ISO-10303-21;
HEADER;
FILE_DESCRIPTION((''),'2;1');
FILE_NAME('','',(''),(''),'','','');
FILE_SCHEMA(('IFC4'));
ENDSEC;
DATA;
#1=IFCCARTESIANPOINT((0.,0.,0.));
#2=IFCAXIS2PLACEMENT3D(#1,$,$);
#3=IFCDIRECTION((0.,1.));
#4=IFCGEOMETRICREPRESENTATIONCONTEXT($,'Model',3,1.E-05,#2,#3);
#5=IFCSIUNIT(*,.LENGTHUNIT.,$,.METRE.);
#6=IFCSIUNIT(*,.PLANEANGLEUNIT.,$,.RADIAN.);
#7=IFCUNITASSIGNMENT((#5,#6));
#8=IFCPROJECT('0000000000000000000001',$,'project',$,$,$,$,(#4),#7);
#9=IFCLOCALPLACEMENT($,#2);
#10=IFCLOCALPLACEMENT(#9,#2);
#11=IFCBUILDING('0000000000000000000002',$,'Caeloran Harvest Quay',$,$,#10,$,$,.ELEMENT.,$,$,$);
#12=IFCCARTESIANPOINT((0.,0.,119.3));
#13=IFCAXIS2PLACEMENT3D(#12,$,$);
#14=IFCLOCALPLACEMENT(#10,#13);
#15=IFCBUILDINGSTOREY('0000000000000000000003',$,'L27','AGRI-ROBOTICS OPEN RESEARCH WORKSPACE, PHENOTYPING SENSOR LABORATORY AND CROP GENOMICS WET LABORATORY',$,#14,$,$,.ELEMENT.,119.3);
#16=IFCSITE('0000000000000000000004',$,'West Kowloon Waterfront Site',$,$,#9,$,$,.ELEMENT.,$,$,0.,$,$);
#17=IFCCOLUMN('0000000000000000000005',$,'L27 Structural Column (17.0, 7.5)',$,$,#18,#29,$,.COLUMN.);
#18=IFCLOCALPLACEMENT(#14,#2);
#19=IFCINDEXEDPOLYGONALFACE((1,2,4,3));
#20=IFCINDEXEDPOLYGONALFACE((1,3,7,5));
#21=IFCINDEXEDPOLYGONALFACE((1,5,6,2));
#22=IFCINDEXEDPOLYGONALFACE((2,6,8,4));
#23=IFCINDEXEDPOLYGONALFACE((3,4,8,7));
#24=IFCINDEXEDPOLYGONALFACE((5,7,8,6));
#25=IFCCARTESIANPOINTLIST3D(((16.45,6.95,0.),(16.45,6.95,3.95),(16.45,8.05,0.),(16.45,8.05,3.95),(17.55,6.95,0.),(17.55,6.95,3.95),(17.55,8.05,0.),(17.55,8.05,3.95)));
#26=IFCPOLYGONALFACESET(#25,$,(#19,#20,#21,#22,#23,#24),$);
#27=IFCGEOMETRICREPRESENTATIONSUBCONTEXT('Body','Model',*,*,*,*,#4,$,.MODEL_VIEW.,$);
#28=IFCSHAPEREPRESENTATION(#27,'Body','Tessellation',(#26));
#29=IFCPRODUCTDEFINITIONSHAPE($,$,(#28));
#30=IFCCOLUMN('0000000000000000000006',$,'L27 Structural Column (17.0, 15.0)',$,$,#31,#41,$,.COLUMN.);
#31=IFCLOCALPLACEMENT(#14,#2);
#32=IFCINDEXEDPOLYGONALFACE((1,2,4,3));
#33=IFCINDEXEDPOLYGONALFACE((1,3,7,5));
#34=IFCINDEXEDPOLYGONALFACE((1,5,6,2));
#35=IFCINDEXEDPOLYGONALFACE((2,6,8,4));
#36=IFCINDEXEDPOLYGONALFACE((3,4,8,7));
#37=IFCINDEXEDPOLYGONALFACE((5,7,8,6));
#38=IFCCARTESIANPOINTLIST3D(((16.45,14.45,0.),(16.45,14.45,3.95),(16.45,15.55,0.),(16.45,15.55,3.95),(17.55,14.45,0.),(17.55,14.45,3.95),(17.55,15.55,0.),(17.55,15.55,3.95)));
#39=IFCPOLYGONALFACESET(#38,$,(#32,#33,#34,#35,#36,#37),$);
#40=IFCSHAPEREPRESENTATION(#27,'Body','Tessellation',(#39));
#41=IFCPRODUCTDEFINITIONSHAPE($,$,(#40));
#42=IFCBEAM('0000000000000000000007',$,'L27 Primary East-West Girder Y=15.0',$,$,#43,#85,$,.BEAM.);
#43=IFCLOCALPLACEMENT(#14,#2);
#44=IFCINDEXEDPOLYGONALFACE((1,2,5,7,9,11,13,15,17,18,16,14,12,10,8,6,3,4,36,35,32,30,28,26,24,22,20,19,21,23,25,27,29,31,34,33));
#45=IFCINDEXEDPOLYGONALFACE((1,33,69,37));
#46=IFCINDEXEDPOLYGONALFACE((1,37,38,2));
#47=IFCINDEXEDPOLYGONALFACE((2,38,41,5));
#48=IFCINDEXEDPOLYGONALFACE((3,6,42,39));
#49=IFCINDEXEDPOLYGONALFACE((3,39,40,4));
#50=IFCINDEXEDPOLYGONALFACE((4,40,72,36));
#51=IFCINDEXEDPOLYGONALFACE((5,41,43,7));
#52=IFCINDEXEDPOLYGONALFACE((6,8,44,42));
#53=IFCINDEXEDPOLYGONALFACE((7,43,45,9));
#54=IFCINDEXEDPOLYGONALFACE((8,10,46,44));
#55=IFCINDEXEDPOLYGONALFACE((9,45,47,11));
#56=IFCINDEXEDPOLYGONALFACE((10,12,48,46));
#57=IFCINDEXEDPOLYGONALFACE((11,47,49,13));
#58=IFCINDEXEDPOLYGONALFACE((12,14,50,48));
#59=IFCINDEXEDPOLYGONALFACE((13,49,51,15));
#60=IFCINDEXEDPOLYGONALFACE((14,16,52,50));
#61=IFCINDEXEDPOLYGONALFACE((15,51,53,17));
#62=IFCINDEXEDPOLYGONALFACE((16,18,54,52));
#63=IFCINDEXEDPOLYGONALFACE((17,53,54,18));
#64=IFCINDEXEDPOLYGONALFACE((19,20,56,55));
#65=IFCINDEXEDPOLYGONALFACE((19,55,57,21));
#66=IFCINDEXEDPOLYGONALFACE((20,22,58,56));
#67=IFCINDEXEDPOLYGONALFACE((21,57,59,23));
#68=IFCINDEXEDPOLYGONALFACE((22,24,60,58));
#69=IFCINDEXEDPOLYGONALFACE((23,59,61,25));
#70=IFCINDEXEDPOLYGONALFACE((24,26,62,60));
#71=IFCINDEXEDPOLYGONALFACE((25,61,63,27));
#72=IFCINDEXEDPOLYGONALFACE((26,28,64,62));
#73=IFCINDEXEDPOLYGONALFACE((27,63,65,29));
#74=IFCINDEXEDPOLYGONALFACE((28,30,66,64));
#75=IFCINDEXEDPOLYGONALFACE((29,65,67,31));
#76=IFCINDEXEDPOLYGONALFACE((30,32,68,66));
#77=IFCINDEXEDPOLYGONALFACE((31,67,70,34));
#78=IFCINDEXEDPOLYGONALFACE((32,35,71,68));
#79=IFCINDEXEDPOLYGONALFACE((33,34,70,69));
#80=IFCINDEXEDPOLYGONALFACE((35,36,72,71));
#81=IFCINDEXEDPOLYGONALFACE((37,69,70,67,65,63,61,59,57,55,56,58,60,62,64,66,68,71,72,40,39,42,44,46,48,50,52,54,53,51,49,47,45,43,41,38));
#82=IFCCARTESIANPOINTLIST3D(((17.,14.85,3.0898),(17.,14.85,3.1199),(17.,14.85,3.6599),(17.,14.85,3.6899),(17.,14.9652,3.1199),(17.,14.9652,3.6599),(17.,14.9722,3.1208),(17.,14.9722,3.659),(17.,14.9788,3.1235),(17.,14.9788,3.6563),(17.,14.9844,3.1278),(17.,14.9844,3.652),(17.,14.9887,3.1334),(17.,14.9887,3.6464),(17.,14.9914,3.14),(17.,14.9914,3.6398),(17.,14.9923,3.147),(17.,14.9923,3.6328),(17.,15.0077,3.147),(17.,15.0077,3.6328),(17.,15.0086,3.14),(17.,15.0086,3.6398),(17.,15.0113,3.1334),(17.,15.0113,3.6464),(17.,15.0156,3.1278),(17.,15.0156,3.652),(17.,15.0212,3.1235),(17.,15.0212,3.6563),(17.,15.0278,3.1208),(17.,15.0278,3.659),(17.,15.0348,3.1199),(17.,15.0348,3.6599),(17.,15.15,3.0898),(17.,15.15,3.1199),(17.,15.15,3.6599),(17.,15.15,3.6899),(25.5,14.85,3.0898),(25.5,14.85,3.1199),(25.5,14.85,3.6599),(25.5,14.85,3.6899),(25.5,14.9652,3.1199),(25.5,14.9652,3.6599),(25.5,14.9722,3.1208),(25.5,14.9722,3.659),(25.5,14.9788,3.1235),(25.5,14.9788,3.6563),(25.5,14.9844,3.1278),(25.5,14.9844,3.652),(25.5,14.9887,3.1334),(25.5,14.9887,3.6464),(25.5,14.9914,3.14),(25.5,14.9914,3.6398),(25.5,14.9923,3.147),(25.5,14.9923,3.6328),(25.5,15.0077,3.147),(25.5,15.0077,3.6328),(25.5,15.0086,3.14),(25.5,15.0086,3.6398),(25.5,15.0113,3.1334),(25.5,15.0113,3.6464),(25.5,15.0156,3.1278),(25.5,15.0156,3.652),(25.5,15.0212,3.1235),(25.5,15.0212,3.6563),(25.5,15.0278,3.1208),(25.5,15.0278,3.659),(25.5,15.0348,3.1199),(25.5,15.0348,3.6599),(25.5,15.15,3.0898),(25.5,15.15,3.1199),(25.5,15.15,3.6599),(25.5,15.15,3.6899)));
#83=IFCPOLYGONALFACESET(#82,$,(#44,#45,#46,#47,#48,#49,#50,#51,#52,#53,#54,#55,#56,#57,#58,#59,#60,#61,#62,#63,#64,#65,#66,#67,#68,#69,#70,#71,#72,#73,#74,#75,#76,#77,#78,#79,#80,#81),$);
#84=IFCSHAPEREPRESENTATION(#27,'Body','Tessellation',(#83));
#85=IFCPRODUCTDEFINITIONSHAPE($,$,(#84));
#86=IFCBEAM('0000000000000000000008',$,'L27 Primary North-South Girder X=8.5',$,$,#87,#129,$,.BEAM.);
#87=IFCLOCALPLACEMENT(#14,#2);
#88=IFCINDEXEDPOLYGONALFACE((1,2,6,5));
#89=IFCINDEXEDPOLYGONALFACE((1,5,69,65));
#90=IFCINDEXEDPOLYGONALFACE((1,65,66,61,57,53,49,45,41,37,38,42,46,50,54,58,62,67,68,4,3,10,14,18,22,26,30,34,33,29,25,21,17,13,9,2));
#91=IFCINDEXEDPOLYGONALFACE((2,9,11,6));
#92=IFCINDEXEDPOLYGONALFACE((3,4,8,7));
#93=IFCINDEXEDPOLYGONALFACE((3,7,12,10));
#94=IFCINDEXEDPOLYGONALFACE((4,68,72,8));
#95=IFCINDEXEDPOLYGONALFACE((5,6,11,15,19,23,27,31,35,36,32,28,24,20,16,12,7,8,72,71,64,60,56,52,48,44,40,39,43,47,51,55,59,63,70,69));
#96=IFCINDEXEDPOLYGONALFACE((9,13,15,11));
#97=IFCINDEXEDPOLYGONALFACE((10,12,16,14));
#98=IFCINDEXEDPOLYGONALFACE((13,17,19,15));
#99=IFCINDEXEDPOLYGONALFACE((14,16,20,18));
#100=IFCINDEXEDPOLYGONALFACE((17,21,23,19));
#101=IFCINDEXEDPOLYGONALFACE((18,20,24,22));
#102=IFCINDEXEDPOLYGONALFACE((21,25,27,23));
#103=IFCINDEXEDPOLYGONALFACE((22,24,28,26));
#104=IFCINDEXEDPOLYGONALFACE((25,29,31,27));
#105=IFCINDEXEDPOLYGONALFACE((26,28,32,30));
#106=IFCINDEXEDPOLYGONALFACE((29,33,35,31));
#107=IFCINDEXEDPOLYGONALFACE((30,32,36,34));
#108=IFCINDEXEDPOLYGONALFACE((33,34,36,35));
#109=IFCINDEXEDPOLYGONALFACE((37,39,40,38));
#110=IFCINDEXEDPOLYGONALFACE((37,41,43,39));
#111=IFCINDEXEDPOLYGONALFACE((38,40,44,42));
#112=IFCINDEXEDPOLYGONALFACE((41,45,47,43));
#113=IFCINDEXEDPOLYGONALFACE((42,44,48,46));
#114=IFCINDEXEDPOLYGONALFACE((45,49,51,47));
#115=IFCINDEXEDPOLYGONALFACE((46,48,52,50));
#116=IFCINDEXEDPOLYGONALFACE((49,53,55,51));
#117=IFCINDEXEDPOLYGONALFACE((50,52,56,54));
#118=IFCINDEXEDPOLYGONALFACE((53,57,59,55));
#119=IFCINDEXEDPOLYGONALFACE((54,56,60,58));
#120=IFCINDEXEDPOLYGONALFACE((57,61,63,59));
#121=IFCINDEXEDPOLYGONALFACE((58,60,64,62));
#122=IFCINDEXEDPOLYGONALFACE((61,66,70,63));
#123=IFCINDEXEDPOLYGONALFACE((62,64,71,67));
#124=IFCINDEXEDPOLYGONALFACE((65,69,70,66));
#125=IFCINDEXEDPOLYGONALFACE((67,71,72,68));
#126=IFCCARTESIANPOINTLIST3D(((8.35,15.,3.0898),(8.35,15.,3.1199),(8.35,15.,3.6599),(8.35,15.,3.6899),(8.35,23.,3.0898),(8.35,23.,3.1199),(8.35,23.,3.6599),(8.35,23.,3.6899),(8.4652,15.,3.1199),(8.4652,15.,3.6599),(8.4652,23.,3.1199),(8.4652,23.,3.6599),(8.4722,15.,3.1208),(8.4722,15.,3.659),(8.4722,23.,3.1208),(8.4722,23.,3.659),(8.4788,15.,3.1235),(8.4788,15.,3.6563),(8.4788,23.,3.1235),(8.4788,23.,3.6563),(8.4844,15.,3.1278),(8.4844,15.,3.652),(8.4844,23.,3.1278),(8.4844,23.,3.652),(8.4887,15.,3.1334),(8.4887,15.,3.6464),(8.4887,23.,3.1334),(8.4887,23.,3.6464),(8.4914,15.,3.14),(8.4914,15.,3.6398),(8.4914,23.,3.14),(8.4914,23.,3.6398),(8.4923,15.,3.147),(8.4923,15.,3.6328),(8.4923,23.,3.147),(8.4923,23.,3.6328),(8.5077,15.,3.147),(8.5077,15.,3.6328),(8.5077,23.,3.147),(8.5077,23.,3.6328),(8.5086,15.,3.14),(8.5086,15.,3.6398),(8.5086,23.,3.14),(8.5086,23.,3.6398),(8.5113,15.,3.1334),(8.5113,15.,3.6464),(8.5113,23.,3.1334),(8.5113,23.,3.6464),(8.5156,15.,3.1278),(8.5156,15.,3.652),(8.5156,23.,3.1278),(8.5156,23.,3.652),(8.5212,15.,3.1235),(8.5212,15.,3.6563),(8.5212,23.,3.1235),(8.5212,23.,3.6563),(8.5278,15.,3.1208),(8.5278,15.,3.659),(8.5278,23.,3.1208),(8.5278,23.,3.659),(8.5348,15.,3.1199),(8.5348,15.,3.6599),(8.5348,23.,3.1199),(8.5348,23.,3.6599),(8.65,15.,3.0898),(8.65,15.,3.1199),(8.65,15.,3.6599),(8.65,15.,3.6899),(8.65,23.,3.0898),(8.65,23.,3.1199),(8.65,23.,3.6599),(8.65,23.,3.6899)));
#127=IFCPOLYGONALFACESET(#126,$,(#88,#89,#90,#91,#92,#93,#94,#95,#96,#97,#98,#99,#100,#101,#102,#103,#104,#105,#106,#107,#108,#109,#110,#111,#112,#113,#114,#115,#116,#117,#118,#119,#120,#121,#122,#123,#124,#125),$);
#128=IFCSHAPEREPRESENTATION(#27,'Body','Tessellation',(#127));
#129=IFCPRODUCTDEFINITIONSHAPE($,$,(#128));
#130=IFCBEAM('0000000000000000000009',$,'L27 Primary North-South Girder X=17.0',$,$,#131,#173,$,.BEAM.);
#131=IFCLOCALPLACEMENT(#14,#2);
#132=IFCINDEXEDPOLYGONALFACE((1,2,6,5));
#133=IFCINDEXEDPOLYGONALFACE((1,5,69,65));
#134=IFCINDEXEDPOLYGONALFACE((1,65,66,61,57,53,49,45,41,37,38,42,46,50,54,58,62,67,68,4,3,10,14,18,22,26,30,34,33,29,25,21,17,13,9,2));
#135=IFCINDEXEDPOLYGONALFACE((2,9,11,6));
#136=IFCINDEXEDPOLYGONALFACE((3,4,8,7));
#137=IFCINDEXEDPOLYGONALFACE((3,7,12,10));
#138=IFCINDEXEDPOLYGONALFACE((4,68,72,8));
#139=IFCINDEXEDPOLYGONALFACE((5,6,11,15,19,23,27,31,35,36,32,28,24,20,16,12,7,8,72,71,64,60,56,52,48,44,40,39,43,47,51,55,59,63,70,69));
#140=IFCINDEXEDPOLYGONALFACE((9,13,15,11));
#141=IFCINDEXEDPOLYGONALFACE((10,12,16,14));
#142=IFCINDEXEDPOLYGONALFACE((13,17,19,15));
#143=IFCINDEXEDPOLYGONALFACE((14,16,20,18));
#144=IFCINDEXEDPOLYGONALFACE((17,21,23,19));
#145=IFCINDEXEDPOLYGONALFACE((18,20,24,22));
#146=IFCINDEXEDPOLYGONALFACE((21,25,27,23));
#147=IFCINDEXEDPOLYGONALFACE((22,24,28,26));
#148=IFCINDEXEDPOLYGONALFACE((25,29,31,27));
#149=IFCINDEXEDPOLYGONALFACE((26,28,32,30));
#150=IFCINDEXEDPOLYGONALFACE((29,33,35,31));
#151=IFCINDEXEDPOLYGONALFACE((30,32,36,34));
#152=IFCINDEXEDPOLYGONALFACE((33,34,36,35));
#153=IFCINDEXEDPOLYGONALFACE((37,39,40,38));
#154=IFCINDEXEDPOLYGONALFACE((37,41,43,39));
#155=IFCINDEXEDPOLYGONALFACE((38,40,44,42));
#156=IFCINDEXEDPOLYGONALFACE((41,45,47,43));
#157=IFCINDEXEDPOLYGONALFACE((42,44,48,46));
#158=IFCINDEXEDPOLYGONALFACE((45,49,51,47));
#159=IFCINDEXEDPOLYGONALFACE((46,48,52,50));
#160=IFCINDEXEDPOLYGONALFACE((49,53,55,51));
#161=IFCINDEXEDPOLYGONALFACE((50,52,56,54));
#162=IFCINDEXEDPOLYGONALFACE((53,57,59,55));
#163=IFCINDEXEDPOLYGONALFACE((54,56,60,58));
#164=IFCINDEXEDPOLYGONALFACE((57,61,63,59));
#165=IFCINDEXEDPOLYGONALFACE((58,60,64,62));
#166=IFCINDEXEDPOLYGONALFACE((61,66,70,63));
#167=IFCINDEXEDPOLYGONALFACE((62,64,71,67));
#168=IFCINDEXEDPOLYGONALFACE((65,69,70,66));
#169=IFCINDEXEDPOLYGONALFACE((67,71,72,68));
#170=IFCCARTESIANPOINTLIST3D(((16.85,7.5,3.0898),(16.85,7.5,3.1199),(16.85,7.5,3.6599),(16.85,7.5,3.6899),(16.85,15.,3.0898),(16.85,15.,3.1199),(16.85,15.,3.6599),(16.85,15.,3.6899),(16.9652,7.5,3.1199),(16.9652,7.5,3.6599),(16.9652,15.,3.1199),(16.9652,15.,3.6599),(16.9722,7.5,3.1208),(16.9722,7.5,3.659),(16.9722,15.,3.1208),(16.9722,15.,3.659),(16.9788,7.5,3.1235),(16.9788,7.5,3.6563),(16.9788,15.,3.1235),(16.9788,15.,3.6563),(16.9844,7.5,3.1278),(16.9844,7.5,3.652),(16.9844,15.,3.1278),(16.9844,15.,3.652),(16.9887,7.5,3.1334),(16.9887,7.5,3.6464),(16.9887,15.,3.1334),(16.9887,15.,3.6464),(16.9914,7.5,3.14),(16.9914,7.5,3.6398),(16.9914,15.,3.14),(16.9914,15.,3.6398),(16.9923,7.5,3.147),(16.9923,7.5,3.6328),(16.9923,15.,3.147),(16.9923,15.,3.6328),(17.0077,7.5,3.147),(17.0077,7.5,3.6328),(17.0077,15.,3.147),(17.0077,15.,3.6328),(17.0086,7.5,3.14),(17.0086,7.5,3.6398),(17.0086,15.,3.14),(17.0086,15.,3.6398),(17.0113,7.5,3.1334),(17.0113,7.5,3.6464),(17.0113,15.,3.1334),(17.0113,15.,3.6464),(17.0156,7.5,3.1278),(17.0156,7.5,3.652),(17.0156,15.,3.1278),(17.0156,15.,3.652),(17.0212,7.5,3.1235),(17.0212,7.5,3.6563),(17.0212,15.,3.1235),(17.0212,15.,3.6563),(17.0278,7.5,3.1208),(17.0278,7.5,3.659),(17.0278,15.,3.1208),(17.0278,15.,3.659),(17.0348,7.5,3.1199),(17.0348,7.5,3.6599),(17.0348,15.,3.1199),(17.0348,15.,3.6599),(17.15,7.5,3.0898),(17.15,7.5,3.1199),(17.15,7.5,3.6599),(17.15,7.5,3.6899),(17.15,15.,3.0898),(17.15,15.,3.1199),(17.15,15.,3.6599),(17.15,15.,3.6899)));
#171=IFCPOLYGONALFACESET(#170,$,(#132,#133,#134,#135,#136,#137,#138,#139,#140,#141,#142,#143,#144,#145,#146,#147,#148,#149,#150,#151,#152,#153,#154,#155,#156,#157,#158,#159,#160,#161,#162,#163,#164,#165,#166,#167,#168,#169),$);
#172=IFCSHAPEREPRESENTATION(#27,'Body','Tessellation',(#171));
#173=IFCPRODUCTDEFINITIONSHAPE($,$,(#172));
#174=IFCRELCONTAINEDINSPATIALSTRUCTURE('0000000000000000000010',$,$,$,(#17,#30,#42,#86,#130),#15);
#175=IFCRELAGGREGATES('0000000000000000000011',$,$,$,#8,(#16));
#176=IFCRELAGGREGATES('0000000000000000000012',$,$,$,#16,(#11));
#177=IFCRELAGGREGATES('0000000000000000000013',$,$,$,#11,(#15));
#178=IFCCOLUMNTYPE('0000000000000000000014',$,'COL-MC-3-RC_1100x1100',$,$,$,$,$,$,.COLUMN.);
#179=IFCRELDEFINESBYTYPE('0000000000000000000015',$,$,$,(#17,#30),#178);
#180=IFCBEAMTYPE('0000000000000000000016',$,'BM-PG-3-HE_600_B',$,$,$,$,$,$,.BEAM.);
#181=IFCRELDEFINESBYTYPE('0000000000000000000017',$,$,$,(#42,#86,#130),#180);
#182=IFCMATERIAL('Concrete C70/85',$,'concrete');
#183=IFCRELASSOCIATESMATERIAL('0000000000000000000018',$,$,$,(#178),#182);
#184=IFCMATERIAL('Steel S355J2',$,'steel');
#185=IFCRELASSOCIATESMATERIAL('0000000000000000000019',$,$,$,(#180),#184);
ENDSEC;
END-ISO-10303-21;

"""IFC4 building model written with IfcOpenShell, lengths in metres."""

from ifc_helpers import new_model, si_unit, direction, frame, origin, origin_2d, place, context, subcontext, project, spatial, rectangle, i_section, extrude, material, material_profile, profile_set, type_object, element, save


model = new_model("IFC4")

# Units and contexts
model_context = context("Model", 3, precision=1e-05, world=origin(), true_north=direction((0.0, 1.0)))
body_context = subcontext(model_context, "Body", "Model", "MODEL_VIEW")
ifc_project = project(units=[si_unit("LENGTHUNIT", "METRE"), si_unit("PLANEANGLEUNIT", "RADIAN")], contexts=[model_context])

# Site, building, storey
site_placement = place(None, origin())
site = spatial("IfcSite", under=ifc_project, at=site_placement, Name="West Kowloon Waterfront Site", CompositionType="ELEMENT", RefElevation=0.0)
building_placement = place(site_placement, origin())
building = spatial("IfcBuilding", under=site, at=building_placement, Name="Caeloran Harvest Quay", CompositionType="ELEMENT")
storey_placement = place(building_placement, frame((0.0, 0.0, 119.3)))
storey = spatial("IfcBuildingStorey", under=building, at=storey_placement, Name="L27", Description="AGRI-ROBOTICS OPEN RESEARCH WORKSPACE, PHENOTYPING SENSOR LABORATORY AND CROP GENOMICS WET LABORATORY", CompositionType="ELEMENT", Elevation=119.3)

# Columns
ifc_material_1 = material(Name="Concrete C70/85", Category="concrete")
ifc_material_profile_1 = material_profile(ifc_material_1, rectangle(XDim=1.1001, YDim=1.1001, at=origin_2d()), Name="RC 1100x1100")
ifc_profile_set_1 = profile_set([ifc_material_profile_1], Name="Concrete C70/85")
column_type = type_object("IfcColumnType", Name="COL-MC-3-RC_1100x1100", PredefinedType="COLUMN", material=ifc_profile_set_1)
for number, where, z_axis, x_axis, name in (
    (1, (17.0, 7.5, 0.0), (0.0, 0.0, 1.0), (1.0, 0.0, 0.0), "L27 Structural Column (17.0, 7.5)"),
    (2, (17.0, 15.0, 0.0), (0.0, 0.0, 1.0), (1.0, 0.0, 0.0), "L27 Structural Column (17.0, 15.0)"),
):
    element("IfcColumn", number, at=place(storey_placement, frame(where, z_axis=z_axis, x_axis=x_axis)), inside=storey, type_object=column_type, Name=name, PredefinedType="COLUMN", context=body_context, shape_type="SweptSolid", body=[
        extrude(rectangle(XDim=1.1001, YDim=1.1001, at=origin_2d()), origin(), (0.0, 0.0, 1.0), 3.95),
    ])

# Beams
ifc_material_2 = material(Name="Steel S355J2", Category="steel")
ifc_material_profile_2 = material_profile(ifc_material_2, i_section(OverallWidth=0.3, OverallDepth=0.6001, WebThickness=0.0154, FlangeThickness=0.03, FilletRadius=0.0271, at=origin_2d()), Name="HE 600 B")
ifc_profile_set_2 = profile_set([ifc_material_profile_2], Name="Steel S355J2")
beam_type_1 = type_object("IfcBeamType", Name="BM-PG-3-HE_600_B", PredefinedType="BEAM", material=ifc_profile_set_2)
beam_1_placement = place(storey_placement, frame((17.0, 15.0, 3.3899), z_axis=(1.0, 0.0, 0.0), x_axis=(0.0, 1.0, 0.0)))
element("IfcBeam", 3, at=beam_1_placement, inside=storey, type_object=beam_type_1, Name="L27 Primary East-West Girder Y=15.0", PredefinedType="BEAM", context=body_context, shape_type="SweptSolid", body=[
    extrude(i_section(OverallWidth=0.3, OverallDepth=0.6001, WebThickness=0.0154, FlangeThickness=0.03, FilletRadius=0.0271, at=origin_2d()), origin(), (0.0, 0.0, 1.0), 8.5),
])
beam_2_placement = place(storey_placement, frame((8.5, 15.0, 3.3899), z_axis=(0.0, 1.0, 0.0), x_axis=(-1.0, 0.0, 0.0)))
element("IfcBeam", 4, at=beam_2_placement, inside=storey, type_object=beam_type_1, Name="L27 Primary North-South Girder X=8.5", PredefinedType="BEAM", context=body_context, shape_type="SweptSolid", body=[
    extrude(i_section(OverallWidth=0.3, OverallDepth=0.6001, WebThickness=0.0154, FlangeThickness=0.03, FilletRadius=0.0271, at=origin_2d()), origin(), (0.0, 0.0, 1.0), 8.0),
])
beam_3_placement = place(storey_placement, frame((17.0, 7.5, 3.3899), z_axis=(0.0, 1.0, 0.0), x_axis=(-1.0, 0.0, 0.0)))
element("IfcBeam", 5, at=beam_3_placement, inside=storey, type_object=beam_type_1, Name="L27 Primary North-South Girder X=17.0", PredefinedType="BEAM", context=body_context, shape_type="SweptSolid", body=[
    extrude(i_section(OverallWidth=0.3, OverallDepth=0.6001, WebThickness=0.0154, FlangeThickness=0.03, FilletRadius=0.0271, at=origin_2d()), origin(), (0.0, 0.0, 1.0), 7.5),
])

save(model, "model.ifc")
